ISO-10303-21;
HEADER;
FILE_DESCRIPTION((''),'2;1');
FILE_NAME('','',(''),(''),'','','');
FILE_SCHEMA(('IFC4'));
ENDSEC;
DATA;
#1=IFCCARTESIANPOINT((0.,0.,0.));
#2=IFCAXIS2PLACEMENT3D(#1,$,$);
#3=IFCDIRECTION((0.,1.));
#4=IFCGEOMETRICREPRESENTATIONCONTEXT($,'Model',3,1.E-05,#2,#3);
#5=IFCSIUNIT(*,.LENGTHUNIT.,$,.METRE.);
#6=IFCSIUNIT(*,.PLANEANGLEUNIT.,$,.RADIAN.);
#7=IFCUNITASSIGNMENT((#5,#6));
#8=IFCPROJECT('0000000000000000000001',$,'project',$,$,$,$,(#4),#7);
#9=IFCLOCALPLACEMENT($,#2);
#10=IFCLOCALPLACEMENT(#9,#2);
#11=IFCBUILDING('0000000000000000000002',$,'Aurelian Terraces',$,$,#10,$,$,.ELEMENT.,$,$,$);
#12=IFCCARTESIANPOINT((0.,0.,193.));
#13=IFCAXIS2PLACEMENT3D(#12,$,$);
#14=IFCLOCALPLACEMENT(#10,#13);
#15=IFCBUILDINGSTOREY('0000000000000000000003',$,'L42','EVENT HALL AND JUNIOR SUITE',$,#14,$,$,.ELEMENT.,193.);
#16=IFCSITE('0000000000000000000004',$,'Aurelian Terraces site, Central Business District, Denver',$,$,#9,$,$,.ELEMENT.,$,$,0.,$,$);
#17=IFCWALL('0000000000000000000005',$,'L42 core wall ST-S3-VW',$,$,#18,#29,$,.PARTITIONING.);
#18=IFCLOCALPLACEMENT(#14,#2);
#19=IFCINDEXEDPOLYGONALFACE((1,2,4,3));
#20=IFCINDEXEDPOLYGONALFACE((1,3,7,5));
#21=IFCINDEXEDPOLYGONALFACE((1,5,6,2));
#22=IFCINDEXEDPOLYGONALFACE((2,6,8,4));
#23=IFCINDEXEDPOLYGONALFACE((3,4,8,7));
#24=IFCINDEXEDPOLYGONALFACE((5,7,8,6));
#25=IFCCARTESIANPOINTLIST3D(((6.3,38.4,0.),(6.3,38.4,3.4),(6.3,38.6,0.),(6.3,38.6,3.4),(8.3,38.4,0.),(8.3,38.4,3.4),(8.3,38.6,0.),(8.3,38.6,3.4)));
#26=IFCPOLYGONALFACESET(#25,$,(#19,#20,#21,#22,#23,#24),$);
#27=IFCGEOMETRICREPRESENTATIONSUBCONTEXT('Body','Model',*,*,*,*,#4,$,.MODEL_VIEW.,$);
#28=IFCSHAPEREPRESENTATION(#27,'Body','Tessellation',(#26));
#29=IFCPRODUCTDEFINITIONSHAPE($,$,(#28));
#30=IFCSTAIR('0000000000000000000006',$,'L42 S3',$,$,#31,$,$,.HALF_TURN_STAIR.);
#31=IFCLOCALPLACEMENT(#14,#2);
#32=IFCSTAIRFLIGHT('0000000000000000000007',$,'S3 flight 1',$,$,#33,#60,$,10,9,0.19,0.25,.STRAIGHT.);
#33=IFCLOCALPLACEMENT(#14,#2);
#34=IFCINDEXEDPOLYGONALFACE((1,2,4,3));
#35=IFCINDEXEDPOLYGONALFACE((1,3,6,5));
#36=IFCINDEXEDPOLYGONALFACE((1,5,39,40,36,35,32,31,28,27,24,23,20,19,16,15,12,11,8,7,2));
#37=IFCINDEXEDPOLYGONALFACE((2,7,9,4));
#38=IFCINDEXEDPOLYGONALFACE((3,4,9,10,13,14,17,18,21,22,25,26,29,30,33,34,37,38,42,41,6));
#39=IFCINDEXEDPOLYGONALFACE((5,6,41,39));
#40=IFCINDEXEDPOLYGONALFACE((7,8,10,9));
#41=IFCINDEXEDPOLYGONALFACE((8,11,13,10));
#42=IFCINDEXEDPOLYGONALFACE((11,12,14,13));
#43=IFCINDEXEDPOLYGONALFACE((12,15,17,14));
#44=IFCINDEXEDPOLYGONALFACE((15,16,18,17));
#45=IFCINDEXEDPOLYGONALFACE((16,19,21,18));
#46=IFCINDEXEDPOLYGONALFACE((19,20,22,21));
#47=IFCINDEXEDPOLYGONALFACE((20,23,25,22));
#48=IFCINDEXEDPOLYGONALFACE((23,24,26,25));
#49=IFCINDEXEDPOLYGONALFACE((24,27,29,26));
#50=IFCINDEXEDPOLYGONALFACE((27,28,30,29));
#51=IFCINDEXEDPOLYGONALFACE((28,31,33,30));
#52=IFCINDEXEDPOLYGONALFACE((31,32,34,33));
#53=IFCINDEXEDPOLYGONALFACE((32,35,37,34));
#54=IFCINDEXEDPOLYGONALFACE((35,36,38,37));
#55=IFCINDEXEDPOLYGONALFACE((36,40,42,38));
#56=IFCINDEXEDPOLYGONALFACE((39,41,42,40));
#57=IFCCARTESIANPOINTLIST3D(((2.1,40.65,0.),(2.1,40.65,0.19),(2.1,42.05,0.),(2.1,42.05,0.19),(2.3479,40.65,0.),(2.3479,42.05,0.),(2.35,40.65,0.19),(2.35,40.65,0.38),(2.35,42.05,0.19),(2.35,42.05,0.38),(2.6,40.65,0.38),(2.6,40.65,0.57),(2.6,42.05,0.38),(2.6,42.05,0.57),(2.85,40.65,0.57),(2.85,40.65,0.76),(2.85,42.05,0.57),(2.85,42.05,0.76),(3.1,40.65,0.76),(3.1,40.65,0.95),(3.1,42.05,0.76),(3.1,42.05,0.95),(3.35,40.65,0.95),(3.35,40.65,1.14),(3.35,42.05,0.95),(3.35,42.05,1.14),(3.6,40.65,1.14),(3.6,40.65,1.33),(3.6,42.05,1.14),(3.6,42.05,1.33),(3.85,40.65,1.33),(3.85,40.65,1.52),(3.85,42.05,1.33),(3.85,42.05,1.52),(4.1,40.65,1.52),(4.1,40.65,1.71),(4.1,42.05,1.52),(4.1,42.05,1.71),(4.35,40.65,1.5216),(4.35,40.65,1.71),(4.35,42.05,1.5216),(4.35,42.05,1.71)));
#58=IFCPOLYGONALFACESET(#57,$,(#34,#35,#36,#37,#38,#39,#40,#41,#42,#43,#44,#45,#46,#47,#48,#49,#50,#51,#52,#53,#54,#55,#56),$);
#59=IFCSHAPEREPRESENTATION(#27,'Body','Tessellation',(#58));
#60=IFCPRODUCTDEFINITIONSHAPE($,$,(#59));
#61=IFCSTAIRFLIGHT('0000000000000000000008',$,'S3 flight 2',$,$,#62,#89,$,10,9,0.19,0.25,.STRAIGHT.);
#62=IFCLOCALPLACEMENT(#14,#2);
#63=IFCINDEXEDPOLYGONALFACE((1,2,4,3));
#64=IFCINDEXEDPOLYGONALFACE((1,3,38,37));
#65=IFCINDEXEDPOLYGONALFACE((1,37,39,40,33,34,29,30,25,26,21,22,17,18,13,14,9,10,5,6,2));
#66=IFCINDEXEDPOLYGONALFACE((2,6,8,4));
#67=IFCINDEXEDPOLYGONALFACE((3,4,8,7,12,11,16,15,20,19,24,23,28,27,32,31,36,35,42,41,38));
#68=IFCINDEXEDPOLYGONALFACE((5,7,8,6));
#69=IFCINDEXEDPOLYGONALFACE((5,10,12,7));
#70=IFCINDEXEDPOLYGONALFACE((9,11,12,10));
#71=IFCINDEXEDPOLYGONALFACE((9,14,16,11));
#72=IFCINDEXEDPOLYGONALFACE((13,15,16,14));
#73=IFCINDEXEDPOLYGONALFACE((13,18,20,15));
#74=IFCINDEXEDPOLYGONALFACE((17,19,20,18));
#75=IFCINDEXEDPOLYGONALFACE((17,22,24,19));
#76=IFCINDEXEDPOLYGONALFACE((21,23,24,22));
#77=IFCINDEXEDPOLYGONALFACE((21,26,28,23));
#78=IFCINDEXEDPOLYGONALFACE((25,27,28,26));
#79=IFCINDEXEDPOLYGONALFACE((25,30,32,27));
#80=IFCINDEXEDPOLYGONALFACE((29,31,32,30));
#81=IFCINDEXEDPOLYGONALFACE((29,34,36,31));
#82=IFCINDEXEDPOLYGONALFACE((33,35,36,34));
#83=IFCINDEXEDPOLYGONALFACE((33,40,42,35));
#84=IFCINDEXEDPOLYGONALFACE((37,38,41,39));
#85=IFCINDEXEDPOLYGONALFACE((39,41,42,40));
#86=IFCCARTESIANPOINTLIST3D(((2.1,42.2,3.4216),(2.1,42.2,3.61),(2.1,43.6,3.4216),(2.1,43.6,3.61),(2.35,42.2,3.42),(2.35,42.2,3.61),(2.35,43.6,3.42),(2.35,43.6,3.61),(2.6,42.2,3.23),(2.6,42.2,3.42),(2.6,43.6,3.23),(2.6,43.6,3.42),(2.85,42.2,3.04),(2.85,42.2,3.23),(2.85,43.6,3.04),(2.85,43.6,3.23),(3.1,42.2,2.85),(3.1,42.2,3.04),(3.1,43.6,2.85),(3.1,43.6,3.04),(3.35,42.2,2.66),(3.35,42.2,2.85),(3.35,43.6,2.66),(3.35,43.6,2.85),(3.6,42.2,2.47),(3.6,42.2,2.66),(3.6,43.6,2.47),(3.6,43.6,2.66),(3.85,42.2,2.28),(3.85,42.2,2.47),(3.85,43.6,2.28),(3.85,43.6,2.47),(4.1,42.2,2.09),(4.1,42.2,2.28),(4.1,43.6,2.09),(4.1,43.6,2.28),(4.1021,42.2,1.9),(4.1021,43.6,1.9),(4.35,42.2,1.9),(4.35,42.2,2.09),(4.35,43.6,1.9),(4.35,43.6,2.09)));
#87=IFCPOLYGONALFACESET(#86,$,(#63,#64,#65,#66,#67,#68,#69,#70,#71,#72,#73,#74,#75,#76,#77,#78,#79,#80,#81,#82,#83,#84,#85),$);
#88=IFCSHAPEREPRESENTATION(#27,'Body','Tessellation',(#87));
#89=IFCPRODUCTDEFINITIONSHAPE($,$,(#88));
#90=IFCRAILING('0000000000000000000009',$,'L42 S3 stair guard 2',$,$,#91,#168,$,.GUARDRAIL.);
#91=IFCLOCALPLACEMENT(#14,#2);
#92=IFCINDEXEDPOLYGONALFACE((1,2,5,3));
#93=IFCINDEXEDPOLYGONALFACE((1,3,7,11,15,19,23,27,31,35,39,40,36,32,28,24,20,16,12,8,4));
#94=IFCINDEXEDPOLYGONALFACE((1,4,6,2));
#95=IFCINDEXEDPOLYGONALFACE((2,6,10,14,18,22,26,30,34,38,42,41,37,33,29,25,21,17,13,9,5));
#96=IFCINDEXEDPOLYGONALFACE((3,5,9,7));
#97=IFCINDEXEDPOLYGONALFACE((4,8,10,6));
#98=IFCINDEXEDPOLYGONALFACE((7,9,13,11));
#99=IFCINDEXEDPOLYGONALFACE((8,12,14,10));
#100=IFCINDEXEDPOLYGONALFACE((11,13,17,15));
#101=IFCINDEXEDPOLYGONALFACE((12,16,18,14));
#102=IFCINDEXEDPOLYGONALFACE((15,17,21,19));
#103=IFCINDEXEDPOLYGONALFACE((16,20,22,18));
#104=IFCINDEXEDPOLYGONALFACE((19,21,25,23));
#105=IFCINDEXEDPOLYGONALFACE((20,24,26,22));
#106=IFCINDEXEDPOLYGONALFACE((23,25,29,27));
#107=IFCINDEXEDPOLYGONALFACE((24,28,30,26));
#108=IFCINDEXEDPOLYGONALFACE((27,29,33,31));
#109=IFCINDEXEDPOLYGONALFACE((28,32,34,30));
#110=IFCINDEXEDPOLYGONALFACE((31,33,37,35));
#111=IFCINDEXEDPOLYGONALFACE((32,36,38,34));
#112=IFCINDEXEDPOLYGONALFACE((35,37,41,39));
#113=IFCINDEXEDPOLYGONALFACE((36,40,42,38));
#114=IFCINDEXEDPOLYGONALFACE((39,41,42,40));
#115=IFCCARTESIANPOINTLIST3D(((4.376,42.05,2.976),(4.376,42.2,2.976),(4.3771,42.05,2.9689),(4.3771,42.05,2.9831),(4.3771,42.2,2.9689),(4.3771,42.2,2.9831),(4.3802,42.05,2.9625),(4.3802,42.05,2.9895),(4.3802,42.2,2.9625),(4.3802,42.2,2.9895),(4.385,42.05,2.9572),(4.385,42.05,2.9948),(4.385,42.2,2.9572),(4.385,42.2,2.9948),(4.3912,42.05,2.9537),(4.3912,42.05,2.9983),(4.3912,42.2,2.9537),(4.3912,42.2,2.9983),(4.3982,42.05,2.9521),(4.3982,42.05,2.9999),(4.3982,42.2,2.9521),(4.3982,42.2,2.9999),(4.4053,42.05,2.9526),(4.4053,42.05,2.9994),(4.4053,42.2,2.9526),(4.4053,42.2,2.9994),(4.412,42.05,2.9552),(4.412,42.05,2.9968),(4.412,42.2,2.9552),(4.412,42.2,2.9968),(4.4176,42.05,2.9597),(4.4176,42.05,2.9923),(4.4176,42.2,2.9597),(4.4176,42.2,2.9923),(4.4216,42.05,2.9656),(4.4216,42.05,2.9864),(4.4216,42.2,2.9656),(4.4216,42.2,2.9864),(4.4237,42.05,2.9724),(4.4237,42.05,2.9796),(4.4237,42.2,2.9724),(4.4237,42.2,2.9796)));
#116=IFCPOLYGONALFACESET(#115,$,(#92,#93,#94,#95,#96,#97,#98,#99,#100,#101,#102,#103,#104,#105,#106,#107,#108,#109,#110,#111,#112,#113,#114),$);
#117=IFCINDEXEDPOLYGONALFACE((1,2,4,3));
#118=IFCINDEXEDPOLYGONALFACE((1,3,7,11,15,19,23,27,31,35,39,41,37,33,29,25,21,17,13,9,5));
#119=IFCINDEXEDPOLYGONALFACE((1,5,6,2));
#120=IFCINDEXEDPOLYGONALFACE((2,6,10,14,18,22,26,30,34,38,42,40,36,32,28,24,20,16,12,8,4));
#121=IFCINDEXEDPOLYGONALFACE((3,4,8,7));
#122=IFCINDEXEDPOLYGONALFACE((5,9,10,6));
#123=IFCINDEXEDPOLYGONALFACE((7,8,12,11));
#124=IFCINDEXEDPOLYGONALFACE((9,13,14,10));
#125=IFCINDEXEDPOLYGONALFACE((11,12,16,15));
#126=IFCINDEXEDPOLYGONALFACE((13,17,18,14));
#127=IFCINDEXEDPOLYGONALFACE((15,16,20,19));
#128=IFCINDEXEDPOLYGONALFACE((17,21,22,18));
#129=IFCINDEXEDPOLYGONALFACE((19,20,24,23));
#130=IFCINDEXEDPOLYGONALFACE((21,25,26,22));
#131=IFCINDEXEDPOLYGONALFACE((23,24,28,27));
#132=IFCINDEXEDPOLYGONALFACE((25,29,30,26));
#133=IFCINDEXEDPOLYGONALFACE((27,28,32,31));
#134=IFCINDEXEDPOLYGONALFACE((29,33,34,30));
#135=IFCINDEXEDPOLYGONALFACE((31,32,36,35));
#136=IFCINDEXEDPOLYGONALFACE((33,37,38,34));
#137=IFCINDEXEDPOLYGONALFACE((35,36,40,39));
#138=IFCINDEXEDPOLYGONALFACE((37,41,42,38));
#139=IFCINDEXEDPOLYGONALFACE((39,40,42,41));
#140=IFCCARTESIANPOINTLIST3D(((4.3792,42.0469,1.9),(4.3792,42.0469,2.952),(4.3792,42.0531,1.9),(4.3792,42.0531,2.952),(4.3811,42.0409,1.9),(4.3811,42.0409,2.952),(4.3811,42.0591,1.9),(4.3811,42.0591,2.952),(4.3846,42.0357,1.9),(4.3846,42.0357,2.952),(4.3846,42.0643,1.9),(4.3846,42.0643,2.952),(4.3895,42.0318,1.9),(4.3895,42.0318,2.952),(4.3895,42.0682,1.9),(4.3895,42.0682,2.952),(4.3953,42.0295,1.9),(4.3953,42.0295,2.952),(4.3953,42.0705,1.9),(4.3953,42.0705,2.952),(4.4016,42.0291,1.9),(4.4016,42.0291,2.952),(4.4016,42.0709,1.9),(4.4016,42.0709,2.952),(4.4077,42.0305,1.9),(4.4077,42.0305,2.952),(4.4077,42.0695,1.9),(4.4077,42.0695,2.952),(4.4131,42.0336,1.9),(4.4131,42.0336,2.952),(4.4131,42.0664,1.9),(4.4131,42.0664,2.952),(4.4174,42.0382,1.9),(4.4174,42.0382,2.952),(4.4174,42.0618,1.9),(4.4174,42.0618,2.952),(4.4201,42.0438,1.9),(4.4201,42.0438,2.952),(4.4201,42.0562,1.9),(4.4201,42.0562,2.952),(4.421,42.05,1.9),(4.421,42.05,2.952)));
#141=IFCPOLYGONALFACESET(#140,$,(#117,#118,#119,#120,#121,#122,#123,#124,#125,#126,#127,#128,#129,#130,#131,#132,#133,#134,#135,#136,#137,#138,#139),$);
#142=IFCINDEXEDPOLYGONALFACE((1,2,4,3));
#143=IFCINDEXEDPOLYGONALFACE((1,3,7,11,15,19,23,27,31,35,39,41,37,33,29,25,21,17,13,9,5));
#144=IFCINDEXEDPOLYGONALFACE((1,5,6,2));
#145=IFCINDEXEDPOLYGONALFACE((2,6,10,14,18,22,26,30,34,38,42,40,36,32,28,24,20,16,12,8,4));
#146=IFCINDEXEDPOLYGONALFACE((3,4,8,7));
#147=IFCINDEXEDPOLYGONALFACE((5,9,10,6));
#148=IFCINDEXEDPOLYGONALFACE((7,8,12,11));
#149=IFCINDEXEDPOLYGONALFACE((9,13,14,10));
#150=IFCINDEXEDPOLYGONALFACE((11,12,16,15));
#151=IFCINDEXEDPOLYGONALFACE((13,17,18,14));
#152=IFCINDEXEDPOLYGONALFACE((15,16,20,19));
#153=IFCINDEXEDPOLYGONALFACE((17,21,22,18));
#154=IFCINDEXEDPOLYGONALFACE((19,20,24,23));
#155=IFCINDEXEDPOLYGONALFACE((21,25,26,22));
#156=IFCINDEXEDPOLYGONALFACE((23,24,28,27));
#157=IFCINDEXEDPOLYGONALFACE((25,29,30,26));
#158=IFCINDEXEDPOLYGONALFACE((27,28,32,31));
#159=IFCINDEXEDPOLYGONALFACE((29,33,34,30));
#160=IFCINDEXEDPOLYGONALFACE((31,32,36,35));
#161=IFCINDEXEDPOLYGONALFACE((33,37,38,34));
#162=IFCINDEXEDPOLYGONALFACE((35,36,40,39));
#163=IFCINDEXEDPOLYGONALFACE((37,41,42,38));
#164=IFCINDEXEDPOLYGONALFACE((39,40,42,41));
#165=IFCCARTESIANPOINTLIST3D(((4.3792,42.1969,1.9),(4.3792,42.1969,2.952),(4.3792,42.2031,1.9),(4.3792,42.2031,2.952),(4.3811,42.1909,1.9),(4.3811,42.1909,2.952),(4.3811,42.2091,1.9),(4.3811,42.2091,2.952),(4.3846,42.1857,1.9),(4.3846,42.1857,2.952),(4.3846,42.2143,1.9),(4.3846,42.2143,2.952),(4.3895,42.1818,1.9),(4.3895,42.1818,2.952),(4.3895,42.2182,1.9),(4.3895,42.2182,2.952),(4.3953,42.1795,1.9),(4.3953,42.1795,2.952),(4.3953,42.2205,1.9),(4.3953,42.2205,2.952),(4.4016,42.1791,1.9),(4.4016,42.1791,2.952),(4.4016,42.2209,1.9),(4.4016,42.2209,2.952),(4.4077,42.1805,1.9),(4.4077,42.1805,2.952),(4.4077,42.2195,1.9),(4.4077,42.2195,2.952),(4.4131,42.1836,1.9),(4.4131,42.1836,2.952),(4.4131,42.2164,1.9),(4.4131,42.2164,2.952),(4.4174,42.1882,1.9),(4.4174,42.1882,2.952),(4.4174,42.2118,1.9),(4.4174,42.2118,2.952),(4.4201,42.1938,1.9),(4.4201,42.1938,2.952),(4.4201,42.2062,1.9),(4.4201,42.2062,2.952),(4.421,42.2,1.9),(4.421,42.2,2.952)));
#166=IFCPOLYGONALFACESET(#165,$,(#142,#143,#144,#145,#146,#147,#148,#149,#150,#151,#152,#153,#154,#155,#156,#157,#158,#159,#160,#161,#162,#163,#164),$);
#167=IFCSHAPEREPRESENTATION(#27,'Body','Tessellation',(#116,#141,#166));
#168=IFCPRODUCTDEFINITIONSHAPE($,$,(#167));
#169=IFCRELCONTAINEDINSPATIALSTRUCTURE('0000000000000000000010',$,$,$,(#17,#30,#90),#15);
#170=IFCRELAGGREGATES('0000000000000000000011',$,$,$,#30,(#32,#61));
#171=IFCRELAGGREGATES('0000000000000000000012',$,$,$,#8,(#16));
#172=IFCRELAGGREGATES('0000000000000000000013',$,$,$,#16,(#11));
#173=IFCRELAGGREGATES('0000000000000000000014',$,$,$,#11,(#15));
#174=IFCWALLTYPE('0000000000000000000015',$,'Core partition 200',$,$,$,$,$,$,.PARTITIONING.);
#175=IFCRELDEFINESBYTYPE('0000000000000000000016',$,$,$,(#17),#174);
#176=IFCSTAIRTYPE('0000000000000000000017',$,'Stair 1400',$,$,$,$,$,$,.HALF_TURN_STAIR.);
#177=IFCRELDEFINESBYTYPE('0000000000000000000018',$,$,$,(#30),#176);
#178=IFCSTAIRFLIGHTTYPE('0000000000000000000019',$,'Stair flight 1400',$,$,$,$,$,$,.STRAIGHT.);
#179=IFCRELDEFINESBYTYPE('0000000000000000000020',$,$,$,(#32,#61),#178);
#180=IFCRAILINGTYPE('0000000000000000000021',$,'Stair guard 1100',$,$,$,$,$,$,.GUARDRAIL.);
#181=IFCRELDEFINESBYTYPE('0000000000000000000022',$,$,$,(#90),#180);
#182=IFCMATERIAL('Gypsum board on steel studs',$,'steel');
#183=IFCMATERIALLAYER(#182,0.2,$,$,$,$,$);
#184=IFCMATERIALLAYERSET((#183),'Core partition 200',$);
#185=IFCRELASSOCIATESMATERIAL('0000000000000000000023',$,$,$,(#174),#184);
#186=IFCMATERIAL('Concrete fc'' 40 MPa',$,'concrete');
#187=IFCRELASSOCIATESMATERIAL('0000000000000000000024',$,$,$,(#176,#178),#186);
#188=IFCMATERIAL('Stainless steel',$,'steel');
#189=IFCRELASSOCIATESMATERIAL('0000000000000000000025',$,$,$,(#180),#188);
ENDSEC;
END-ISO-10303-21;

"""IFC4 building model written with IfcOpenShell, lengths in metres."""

from ifc_helpers import new_model, si_unit, direction, frame, frame_2d, origin, origin_2d, place, context, subcontext, project, spatial, polyline, rectangle, circle, outline, extrude, source, transform, mapped, material, layer, layer_set, type_object, element, aggregate, save


model = new_model("IFC4")

# Units and contexts
model_context = context("Model", 3, precision=1e-05, world=origin(), true_north=direction((0.0, 1.0)))
body_context = subcontext(model_context, "Body", "Model", "MODEL_VIEW")
ifc_project = project(units=[si_unit("LENGTHUNIT", "METRE"), si_unit("PLANEANGLEUNIT", "RADIAN")], contexts=[model_context])

# Site, building, storey
site_placement = place(None, origin())
site = spatial("IfcSite", under=ifc_project, at=site_placement, Name="Aurelian Terraces site, Central Business District, Denver", CompositionType="ELEMENT", RefElevation=0.0)
building_placement = place(site_placement, origin())
building = spatial("IfcBuilding", under=site, at=building_placement, Name="Aurelian Terraces", CompositionType="ELEMENT")
storey_placement = place(building_placement, frame((0.0, 0.0, 193.0)))
storey = spatial("IfcBuildingStorey", under=building, at=storey_placement, Name="L42", Description="EVENT HALL AND JUNIOR SUITE", CompositionType="ELEMENT", Elevation=193.0)

# Shared definitions
ifc_material_1 = material(Name="Concrete fc' 40 MPa", Category="concrete")

# Shared definitions
ifc_material_2 = material(Name="Gypsum board on steel studs", Category="steel")
ifc_layer_1 = layer(ifc_material_2, 0.2)
ifc_layer_set_1 = layer_set([ifc_layer_1], Name="Core partition 200")
wall_type_1 = type_object("IfcWallType", Name="Core partition 200", PredefinedType="PARTITIONING", material=ifc_layer_set_1)

# Wall
shared_shape_1 = source(origin(), body_context, "Body", "SweptSolid", [
    extrude(rectangle(XDim=2.0, YDim=0.2, at=frame_2d((1.0, 0.0))), origin(), (0.0, 0.0, 1.0), 3.4),
])
wall_1_placement = place(storey_placement, frame((6.3, 38.5, 0.0), z_axis=(0.0, 0.0, 1.0), x_axis=(1.0, 0.0, 0.0)))
element("IfcWall", 1, at=wall_1_placement, inside=storey, type_object=wall_type_1, Name="L42 core wall ST-S3-VW", PredefinedType="PARTITIONING", context=body_context, shape_type="MappedRepresentation", body=[
    mapped(shared_shape_1, transform((0.0, 0.0, 0.0), scale=1.0)),
])

# Stair, stair flights
stair_type = type_object("IfcStairType", Name="Stair 1400", PredefinedType="HALF_TURN_STAIR", material=ifc_material_1)
stair_placement = place(storey_placement, origin())
stair = element("IfcStair", 2, at=stair_placement, inside=storey, type_object=stair_type, Name="L42 S3", PredefinedType="HALF_TURN_STAIR")
stair_flight_type = type_object("IfcStairFlightType", Name="Stair flight 1400", PredefinedType="STRAIGHT", material=ifc_material_1)
shared_shape_2 = source(origin(), body_context, "Body", "SweptSolid", [
    extrude(outline(polyline([(0.0, 0.0), (0.0, 0.19), (0.25, 0.19), (0.25, 0.38), (0.5, 0.38), (0.5, 0.57), (0.75, 0.57), (0.75, 0.76), (1.0, 0.76), (1.0, 0.95), (1.25, 0.95), (1.25, 1.14), (1.5, 1.14), (1.5, 1.33), (1.75, 1.33), (1.75, 1.52), (2.0, 1.52), (2.0, 1.71), (2.25, 1.71), (2.25, 1.9), (2.25, 1.5216), (0.2479, 0.0), (0.0, 0.0)])), frame((0.0, 0.7, 0.0), z_axis=(0.0, -1.0, 0.0), x_axis=(1.0, 0.0, 0.0)), (0.0, 0.0, 1.0), 1.4),
])
stair_flight_1_placement = place(storey_placement, frame((2.1, 41.35, 0.0), z_axis=(0.0, 0.0, 1.0), x_axis=(1.0, 0.0, 0.0)))
stair_flight_1 = element("IfcStairFlight", 3, at=stair_flight_1_placement, type_object=stair_flight_type, Name="S3 flight 1", NumberOfRisers=10, NumberOfTreads=9, PredefinedType="STRAIGHT", RiserHeight=0.19, TreadLength=0.25, context=body_context, shape_type="MappedRepresentation", body=[
    mapped(shared_shape_2, transform((0.0, 0.0, 0.0), scale=1.0)),
])
stair_flight_2_placement = place(storey_placement, frame((4.35, 42.9, 1.9), z_axis=(0.0, 0.0, 1.0), x_axis=(-1.0, 0.0, 0.0)))
stair_flight_2 = element("IfcStairFlight", 4, at=stair_flight_2_placement, type_object=stair_flight_type, Name="S3 flight 2", NumberOfRisers=10, NumberOfTreads=9, PredefinedType="STRAIGHT", RiserHeight=0.19, TreadLength=0.25, context=body_context, shape_type="MappedRepresentation", body=[
    mapped(shared_shape_2, transform((0.0, 0.0, 0.0), scale=1.0)),
])
aggregate(stair, [stair_flight_1, stair_flight_2])

# Railing
ifc_material_3 = material(Name="Stainless steel", Category="steel")
railing_type_1 = type_object("IfcRailingType", Name="Stair guard 1100", PredefinedType="GUARDRAIL", material=ifc_material_3)
shared_shape_3 = source(origin(), body_context, "Body", "SweptSolid", [
    extrude(circle(Radius=0.024, at=origin_2d()), frame((0.0, 0.0, 1.076), z_axis=(0.0, 1.0, 0.0), x_axis=(-1.0, 0.0, 0.0)), (0.0, 0.0, 1.0), 0.15),
    extrude(circle(Radius=0.021, at=origin_2d()), origin(), (0.0, 0.0, 1.0), 1.052),
    extrude(circle(Radius=0.021, at=origin_2d()), frame((0.0, 0.15, 0.0)), (0.0, 0.0, 1.0), 1.052),
])
for number, where, name in (
    (5, (4.4, 42.05, 1.9), "L42 S3 stair guard 2"),
):
    element("IfcRailing", number, at=place(storey_placement, frame(where)), inside=storey, type_object=railing_type_1, Name=name, PredefinedType="GUARDRAIL", context=body_context, shape_type="MappedRepresentation", body=[
        mapped(shared_shape_3, transform((0.0, 0.0, 0.0), scale=1.0)),
    ])

save(model, "model.ifc")
